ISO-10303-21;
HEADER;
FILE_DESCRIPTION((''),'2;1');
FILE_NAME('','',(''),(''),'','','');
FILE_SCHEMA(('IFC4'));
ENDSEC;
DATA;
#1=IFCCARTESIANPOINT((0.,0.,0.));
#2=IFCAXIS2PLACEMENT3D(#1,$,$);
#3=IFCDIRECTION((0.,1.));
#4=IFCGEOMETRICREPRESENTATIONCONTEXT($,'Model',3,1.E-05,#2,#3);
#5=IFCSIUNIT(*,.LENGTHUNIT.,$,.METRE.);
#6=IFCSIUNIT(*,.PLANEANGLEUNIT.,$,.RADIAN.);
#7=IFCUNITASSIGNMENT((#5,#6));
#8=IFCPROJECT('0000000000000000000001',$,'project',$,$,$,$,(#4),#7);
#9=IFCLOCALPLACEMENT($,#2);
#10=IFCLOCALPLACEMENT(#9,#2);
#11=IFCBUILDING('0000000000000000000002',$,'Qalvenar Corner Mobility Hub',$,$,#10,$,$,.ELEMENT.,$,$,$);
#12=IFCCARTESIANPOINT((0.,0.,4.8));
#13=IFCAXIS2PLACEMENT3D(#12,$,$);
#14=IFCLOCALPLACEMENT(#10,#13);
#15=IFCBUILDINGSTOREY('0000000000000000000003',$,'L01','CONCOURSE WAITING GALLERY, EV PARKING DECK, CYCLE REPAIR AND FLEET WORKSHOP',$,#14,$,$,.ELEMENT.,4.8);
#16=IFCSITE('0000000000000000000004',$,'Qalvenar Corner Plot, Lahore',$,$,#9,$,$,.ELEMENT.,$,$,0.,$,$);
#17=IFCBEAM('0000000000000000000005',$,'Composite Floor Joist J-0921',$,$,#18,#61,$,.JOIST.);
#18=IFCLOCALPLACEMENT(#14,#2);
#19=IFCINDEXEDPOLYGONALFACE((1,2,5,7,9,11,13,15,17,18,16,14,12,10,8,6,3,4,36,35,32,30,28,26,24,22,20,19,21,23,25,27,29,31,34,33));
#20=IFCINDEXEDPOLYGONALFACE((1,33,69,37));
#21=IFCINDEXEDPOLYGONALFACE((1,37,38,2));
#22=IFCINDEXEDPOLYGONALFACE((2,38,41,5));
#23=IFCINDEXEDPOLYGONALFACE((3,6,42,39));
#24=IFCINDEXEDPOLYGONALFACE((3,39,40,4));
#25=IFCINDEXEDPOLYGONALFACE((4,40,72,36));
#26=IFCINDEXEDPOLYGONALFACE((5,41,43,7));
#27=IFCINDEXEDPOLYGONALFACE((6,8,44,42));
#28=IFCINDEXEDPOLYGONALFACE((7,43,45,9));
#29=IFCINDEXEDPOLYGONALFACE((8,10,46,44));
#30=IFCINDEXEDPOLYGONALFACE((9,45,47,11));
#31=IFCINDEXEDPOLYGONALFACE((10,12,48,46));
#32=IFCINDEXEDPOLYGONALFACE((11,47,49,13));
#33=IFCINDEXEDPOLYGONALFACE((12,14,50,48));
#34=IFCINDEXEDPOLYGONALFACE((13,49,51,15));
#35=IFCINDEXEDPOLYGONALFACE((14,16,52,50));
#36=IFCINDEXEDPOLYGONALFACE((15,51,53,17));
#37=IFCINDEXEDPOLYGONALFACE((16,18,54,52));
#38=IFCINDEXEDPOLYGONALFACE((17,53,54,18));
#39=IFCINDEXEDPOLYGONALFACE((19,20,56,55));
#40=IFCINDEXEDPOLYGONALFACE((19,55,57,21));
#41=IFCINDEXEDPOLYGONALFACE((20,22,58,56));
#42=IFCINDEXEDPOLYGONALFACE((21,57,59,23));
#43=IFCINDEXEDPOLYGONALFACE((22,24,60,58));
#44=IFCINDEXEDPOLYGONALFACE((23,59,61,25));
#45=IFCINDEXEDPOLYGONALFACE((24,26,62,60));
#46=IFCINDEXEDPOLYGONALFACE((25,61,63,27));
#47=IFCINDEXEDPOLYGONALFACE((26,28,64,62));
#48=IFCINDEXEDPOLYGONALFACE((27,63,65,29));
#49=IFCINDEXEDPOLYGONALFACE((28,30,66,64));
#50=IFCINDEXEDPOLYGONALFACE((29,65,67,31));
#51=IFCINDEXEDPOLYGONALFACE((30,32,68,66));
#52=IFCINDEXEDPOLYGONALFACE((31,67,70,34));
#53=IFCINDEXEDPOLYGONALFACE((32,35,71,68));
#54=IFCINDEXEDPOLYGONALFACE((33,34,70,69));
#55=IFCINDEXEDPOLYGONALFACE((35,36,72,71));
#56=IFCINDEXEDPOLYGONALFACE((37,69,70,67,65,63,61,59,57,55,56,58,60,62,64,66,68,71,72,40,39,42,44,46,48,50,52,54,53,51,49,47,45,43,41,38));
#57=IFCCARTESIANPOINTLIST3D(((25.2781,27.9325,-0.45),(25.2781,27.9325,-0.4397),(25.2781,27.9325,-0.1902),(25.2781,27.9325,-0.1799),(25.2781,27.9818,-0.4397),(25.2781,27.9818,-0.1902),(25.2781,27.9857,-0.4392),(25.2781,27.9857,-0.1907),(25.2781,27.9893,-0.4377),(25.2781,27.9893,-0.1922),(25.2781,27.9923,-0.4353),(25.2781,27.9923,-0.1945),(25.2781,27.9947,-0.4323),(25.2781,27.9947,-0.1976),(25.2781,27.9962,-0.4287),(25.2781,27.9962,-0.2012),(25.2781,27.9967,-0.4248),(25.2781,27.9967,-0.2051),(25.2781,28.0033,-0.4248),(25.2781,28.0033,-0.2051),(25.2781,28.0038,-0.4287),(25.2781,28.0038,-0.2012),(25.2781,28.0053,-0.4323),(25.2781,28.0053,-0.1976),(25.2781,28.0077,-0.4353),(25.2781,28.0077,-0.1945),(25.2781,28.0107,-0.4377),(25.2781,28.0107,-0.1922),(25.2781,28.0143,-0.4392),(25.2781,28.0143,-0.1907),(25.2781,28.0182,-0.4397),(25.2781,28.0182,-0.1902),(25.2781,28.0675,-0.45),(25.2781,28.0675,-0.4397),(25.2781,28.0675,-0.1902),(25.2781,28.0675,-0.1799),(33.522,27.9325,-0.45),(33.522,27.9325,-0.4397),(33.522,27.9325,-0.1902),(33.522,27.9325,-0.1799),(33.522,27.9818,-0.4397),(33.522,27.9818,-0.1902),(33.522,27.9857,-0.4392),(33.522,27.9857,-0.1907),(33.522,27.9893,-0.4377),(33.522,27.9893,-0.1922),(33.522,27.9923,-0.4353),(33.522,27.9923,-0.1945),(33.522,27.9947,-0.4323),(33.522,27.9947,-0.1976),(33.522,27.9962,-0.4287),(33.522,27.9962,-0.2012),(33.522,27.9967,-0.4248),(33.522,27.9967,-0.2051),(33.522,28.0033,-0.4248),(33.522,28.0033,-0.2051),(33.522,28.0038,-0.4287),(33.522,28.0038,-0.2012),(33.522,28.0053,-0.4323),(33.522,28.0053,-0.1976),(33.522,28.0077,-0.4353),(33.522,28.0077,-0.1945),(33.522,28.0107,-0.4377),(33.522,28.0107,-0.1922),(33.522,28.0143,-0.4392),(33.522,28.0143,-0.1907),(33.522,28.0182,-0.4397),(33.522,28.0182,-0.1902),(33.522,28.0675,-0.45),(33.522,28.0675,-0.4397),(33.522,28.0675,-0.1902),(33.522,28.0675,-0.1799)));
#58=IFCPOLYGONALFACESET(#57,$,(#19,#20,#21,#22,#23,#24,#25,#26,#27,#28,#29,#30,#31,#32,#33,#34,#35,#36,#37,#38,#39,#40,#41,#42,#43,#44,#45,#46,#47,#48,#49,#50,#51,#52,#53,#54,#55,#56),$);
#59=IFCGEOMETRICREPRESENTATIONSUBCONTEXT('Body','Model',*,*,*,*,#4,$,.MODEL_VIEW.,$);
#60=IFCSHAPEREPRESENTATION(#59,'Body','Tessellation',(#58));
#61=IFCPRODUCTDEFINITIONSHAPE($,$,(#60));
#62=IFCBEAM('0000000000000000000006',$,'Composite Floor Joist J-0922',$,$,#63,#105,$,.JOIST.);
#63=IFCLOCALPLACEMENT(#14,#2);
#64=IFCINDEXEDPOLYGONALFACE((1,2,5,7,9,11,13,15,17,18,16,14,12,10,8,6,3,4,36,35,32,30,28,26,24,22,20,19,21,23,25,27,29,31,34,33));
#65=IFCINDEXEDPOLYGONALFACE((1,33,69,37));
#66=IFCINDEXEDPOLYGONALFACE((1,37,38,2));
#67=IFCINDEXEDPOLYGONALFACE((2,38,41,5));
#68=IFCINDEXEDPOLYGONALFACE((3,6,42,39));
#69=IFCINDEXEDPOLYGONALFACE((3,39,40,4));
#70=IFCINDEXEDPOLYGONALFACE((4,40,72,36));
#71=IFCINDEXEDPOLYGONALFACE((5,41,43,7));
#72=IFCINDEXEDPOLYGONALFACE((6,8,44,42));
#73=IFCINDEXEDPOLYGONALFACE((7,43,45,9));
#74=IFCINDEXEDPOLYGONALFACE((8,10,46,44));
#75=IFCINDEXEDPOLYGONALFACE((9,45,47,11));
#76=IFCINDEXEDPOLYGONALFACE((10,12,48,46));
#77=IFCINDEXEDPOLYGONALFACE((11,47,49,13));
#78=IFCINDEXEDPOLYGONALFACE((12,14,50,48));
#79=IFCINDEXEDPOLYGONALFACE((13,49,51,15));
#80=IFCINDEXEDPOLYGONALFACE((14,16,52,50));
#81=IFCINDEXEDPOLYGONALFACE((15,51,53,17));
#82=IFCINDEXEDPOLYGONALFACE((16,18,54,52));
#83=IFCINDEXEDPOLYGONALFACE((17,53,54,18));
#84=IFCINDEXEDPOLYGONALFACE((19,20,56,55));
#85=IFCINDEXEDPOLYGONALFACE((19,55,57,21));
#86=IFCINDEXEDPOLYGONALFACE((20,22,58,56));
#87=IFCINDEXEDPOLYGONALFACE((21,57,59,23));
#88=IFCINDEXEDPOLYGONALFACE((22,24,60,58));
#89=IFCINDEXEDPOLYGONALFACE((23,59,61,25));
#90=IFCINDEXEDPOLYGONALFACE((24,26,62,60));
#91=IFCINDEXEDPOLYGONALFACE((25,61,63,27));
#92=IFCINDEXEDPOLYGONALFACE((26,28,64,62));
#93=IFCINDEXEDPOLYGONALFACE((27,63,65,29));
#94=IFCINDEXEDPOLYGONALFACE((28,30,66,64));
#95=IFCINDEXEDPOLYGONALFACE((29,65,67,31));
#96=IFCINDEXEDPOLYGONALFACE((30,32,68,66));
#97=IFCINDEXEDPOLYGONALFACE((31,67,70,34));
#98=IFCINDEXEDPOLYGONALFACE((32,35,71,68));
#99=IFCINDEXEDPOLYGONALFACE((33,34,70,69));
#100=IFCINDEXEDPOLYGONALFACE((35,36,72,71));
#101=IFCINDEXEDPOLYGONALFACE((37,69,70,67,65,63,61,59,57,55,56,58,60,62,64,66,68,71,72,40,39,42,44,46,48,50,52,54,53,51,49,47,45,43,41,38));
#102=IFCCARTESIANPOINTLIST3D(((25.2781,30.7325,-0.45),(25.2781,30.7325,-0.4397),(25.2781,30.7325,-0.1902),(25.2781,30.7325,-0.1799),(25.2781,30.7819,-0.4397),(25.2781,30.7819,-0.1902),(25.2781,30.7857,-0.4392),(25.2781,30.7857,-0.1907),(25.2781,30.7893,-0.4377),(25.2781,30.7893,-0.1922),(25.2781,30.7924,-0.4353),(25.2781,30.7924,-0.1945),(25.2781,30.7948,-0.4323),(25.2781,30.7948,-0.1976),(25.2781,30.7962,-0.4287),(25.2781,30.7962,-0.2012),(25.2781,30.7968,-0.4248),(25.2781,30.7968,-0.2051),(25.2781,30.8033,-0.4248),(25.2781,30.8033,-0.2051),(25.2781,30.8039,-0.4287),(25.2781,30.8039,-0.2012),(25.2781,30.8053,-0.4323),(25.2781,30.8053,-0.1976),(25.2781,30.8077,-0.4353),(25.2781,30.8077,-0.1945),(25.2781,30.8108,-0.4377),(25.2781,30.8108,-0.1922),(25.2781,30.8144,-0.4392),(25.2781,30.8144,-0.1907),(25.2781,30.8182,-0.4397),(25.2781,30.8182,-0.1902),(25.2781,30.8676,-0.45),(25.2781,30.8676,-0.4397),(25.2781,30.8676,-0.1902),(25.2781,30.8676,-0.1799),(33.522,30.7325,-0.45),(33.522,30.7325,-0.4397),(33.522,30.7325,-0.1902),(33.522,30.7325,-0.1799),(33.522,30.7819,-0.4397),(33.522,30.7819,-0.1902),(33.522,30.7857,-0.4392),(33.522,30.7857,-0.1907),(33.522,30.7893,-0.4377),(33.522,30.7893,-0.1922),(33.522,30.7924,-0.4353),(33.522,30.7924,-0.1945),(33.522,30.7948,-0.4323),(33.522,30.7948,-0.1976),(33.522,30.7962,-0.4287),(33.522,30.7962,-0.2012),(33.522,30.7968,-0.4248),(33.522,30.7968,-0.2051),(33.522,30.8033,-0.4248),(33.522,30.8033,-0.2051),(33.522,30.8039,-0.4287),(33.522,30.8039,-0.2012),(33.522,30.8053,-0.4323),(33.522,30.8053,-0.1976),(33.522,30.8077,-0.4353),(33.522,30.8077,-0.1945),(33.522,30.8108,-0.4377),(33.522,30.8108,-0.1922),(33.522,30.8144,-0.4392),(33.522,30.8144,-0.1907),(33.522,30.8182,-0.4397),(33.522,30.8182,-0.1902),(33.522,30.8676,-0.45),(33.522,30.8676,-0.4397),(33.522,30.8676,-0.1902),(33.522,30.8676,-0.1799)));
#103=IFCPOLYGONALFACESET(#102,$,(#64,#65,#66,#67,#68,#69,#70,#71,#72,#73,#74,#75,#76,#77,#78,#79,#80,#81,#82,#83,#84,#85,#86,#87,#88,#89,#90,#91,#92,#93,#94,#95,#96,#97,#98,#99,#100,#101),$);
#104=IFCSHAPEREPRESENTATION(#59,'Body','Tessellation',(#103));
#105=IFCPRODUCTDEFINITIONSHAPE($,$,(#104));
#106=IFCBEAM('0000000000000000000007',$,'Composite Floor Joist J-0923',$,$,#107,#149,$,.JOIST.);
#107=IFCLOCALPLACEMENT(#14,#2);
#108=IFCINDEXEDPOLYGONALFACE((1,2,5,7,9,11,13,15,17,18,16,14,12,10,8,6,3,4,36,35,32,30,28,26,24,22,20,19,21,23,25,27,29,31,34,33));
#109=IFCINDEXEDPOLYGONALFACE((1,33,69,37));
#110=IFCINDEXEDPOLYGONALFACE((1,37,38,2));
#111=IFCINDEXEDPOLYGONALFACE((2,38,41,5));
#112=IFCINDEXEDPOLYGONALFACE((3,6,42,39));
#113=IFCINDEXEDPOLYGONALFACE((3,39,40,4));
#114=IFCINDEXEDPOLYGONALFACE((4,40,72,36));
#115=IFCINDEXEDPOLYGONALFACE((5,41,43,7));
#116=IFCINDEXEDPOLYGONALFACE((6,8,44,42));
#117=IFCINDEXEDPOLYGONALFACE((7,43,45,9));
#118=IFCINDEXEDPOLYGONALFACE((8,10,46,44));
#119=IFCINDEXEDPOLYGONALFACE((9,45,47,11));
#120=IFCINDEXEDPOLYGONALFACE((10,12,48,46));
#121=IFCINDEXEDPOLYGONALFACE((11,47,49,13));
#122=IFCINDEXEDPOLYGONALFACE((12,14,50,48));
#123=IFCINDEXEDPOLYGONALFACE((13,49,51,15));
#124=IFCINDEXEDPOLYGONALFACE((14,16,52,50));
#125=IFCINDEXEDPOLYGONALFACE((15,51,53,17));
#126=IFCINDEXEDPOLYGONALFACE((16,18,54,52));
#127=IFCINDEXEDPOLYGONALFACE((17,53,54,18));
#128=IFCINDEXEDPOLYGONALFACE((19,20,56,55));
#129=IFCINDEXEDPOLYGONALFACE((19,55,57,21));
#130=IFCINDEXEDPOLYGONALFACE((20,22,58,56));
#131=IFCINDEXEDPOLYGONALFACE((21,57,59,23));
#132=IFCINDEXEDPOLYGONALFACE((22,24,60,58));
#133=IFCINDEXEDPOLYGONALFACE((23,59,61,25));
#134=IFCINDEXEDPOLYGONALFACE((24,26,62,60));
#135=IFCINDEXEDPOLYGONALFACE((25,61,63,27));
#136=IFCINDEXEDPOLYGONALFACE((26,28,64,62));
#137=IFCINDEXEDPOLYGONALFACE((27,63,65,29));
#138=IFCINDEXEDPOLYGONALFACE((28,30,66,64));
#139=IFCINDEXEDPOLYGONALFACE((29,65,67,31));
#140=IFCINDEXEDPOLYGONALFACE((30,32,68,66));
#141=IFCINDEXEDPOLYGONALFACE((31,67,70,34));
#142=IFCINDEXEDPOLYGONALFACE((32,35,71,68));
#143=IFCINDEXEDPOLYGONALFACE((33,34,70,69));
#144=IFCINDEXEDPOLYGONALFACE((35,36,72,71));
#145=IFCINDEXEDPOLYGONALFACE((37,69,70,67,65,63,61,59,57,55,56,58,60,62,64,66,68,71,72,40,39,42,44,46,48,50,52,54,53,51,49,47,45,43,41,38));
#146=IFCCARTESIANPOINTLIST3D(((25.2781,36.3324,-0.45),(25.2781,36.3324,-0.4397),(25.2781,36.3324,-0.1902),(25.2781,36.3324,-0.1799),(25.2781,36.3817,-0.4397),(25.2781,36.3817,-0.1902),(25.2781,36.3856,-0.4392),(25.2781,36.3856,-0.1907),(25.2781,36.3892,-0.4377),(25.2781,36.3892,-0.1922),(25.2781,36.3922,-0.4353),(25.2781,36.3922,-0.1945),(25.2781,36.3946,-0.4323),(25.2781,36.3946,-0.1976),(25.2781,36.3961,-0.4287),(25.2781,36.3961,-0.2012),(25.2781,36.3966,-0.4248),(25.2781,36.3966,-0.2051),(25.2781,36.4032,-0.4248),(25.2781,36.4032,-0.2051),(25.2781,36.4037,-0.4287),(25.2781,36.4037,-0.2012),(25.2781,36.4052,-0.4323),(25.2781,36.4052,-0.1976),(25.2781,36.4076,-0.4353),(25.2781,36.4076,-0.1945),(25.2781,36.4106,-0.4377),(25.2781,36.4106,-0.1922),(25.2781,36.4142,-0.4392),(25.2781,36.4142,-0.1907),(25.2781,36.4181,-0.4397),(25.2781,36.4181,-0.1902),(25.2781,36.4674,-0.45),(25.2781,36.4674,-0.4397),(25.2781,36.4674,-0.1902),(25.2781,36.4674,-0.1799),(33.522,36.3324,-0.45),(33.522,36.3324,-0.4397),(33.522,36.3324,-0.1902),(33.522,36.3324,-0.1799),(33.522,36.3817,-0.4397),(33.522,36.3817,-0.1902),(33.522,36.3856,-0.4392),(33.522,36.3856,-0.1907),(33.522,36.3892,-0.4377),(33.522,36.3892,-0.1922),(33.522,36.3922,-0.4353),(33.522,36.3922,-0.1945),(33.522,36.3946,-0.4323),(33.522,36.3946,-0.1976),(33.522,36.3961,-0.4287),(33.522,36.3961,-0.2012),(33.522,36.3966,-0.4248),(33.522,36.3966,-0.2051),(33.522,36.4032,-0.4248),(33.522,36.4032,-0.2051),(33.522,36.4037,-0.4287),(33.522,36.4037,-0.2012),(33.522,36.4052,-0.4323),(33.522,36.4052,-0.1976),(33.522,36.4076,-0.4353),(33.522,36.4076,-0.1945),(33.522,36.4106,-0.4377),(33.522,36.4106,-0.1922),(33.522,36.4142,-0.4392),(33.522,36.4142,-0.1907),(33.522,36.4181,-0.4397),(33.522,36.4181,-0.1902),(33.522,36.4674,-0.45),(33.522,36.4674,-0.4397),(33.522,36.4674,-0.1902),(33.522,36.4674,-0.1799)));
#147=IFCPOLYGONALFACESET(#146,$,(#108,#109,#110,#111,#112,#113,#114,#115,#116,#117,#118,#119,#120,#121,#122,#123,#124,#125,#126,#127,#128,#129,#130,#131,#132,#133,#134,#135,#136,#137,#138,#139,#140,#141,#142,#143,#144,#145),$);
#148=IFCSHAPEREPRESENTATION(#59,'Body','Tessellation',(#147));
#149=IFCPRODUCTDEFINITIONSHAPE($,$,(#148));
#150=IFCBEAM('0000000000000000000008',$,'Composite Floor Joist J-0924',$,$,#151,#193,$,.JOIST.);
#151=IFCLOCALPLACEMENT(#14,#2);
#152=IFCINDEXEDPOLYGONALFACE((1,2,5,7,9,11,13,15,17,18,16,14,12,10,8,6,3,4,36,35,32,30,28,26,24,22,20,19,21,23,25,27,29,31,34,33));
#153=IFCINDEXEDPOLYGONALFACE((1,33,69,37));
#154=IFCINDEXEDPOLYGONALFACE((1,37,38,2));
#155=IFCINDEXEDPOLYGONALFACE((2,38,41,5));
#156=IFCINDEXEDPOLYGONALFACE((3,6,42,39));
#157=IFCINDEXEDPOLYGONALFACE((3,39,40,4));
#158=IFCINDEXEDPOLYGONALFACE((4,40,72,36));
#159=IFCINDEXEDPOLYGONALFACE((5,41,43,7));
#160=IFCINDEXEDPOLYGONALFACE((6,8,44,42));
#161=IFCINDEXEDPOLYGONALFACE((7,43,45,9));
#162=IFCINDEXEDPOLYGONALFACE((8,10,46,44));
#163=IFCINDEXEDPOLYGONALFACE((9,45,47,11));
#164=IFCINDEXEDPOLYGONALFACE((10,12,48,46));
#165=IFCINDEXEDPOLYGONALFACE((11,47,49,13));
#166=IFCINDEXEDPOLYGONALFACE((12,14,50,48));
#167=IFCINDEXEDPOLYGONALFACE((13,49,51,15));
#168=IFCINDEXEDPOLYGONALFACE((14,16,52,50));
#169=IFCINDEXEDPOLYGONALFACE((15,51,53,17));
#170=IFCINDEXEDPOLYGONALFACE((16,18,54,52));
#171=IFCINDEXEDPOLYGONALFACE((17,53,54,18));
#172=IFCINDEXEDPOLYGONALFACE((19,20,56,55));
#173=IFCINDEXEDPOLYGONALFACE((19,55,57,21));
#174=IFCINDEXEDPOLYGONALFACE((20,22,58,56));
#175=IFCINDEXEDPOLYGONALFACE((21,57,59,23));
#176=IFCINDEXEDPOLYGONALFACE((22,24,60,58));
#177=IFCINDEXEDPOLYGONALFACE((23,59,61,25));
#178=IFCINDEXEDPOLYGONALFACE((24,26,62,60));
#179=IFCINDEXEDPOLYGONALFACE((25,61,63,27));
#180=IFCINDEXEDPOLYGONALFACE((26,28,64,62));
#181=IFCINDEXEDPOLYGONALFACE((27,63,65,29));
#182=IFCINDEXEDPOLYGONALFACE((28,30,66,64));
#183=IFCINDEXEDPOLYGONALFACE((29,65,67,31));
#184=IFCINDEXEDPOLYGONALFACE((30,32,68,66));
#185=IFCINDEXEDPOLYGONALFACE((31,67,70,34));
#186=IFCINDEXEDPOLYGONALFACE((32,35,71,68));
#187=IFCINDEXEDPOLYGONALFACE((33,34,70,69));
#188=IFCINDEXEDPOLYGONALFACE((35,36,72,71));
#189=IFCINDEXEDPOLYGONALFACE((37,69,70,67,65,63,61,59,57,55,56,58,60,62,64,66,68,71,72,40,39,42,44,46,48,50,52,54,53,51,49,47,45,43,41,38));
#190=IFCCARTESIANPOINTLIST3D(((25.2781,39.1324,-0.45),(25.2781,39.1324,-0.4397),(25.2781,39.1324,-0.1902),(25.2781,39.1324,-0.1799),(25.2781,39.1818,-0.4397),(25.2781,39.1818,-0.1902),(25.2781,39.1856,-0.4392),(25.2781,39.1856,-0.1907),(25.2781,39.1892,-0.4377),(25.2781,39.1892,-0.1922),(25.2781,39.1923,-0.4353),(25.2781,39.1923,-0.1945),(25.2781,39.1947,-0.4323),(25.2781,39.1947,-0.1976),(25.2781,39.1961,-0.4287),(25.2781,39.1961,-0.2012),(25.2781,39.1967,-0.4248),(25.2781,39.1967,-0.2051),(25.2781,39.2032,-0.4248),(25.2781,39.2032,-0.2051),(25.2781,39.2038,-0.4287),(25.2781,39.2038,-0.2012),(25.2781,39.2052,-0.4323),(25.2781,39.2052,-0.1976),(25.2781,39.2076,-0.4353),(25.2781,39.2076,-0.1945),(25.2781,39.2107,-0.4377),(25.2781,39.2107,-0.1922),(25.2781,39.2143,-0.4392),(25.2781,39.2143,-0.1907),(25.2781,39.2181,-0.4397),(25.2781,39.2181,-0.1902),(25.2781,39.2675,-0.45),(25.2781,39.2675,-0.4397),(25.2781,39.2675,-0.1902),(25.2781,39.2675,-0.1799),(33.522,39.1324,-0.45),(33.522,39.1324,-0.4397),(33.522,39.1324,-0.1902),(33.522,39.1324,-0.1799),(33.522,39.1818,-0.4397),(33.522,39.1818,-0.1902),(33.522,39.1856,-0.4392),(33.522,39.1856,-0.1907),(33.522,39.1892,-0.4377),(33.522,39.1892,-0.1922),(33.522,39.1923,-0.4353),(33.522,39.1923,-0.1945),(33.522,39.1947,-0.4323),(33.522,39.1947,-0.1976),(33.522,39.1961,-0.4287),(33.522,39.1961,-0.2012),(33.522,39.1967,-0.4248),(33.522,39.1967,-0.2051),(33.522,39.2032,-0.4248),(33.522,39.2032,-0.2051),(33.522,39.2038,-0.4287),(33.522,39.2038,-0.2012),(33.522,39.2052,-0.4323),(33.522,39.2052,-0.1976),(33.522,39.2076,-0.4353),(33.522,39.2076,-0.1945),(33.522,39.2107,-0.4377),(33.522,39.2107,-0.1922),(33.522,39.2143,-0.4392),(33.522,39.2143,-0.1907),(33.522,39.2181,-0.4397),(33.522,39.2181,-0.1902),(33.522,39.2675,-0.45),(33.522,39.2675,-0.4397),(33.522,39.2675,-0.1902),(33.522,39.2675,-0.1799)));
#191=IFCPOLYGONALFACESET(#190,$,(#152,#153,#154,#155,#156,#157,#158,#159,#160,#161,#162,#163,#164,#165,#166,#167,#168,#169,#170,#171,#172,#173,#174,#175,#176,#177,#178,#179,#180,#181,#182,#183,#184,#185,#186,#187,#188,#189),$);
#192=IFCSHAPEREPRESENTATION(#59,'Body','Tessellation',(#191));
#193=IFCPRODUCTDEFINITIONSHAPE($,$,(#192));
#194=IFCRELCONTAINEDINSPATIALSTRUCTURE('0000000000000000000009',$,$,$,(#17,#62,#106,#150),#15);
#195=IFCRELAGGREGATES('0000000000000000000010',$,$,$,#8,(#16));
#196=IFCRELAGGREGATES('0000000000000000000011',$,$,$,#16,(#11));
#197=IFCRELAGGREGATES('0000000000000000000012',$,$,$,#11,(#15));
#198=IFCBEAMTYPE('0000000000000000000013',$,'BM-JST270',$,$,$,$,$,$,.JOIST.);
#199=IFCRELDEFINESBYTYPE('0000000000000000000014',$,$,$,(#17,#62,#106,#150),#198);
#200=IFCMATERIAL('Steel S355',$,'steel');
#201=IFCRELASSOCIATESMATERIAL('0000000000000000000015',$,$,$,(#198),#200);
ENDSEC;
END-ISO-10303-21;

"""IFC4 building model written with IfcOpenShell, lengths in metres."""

from ifc_helpers import new_model, si_unit, direction, frame, origin, origin_2d, place, context, subcontext, project, spatial, i_section, extrude, material, material_profile, profile_set, type_object, element, save


model = new_model("IFC4")

# Units and contexts
model_context = context("Model", 3, precision=1e-05, world=origin(), true_north=direction((0.0, 1.0)))
body_context = subcontext(model_context, "Body", "Model", "MODEL_VIEW")
ifc_project = project(units=[si_unit("LENGTHUNIT", "METRE"), si_unit("PLANEANGLEUNIT", "RADIAN")], contexts=[model_context])

# Site, building, storey
site_placement = place(None, origin())
site = spatial("IfcSite", under=ifc_project, at=site_placement, Name="Qalvenar Corner Plot, Lahore", CompositionType="ELEMENT", RefElevation=0.0)
building_placement = place(site_placement, origin())
building = spatial("IfcBuilding", under=site, at=building_placement, Name="Qalvenar Corner Mobility Hub", CompositionType="ELEMENT")
storey_placement = place(building_placement, frame((0.0, 0.0, 4.8)))
storey = spatial("IfcBuildingStorey", under=building, at=storey_placement, Name="L01", Description="CONCOURSE WAITING GALLERY, EV PARKING DECK, CYCLE REPAIR AND FLEET WORKSHOP", CompositionType="ELEMENT", Elevation=4.8)

# Shared definitions
ifc_material_1 = material(Name="Steel S355", Category="steel")

# Beams
ifc_material_profile_1 = material_profile(ifc_material_1, i_section(OverallWidth=0.135, OverallDepth=0.27, WebThickness=0.0066, FlangeThickness=0.0103, FilletRadius=0.0149, at=origin_2d()), Name="IPE270")
ifc_profile_set_1 = profile_set([ifc_material_profile_1], Name="Steel S355")
beam_type_1 = type_object("IfcBeamType", Name="BM-JST270", PredefinedType="JOIST", material=ifc_profile_set_1)
for number, where, z_axis, x_axis, name in (
    (1, (25.2781, 28.0, -0.3149), (1.0, 0.0, 0.0), (0.0, 1.0, 0.0), "Composite Floor Joist J-0921"),
    (2, (25.2781, 30.8, -0.3149), (1.0, 0.0, 0.0), (0.0, 1.0, 0.0), "Composite Floor Joist J-0922"),
    (3, (25.2781, 36.3999, -0.3149), (1.0, 0.0, 0.0), (0.0, 1.0, 0.0), "Composite Floor Joist J-0923"),
    (4, (25.2781, 39.2, -0.3149), (1.0, 0.0, 0.0), (0.0, 1.0, 0.0), "Composite Floor Joist J-0924"),
):
    element("IfcBeam", number, at=place(storey_placement, frame(where, z_axis=z_axis, x_axis=x_axis)), inside=storey, type_object=beam_type_1, Name=name, PredefinedType="JOIST", context=body_context, shape_type="SweptSolid", body=[
        extrude(i_section(OverallWidth=0.135, OverallDepth=0.27, WebThickness=0.0066, FlangeThickness=0.0103, FilletRadius=0.0149, at=origin_2d()), origin(), (0.0, 0.0, 1.0), 8.2439),
    ])

save(model, "model.ifc")
